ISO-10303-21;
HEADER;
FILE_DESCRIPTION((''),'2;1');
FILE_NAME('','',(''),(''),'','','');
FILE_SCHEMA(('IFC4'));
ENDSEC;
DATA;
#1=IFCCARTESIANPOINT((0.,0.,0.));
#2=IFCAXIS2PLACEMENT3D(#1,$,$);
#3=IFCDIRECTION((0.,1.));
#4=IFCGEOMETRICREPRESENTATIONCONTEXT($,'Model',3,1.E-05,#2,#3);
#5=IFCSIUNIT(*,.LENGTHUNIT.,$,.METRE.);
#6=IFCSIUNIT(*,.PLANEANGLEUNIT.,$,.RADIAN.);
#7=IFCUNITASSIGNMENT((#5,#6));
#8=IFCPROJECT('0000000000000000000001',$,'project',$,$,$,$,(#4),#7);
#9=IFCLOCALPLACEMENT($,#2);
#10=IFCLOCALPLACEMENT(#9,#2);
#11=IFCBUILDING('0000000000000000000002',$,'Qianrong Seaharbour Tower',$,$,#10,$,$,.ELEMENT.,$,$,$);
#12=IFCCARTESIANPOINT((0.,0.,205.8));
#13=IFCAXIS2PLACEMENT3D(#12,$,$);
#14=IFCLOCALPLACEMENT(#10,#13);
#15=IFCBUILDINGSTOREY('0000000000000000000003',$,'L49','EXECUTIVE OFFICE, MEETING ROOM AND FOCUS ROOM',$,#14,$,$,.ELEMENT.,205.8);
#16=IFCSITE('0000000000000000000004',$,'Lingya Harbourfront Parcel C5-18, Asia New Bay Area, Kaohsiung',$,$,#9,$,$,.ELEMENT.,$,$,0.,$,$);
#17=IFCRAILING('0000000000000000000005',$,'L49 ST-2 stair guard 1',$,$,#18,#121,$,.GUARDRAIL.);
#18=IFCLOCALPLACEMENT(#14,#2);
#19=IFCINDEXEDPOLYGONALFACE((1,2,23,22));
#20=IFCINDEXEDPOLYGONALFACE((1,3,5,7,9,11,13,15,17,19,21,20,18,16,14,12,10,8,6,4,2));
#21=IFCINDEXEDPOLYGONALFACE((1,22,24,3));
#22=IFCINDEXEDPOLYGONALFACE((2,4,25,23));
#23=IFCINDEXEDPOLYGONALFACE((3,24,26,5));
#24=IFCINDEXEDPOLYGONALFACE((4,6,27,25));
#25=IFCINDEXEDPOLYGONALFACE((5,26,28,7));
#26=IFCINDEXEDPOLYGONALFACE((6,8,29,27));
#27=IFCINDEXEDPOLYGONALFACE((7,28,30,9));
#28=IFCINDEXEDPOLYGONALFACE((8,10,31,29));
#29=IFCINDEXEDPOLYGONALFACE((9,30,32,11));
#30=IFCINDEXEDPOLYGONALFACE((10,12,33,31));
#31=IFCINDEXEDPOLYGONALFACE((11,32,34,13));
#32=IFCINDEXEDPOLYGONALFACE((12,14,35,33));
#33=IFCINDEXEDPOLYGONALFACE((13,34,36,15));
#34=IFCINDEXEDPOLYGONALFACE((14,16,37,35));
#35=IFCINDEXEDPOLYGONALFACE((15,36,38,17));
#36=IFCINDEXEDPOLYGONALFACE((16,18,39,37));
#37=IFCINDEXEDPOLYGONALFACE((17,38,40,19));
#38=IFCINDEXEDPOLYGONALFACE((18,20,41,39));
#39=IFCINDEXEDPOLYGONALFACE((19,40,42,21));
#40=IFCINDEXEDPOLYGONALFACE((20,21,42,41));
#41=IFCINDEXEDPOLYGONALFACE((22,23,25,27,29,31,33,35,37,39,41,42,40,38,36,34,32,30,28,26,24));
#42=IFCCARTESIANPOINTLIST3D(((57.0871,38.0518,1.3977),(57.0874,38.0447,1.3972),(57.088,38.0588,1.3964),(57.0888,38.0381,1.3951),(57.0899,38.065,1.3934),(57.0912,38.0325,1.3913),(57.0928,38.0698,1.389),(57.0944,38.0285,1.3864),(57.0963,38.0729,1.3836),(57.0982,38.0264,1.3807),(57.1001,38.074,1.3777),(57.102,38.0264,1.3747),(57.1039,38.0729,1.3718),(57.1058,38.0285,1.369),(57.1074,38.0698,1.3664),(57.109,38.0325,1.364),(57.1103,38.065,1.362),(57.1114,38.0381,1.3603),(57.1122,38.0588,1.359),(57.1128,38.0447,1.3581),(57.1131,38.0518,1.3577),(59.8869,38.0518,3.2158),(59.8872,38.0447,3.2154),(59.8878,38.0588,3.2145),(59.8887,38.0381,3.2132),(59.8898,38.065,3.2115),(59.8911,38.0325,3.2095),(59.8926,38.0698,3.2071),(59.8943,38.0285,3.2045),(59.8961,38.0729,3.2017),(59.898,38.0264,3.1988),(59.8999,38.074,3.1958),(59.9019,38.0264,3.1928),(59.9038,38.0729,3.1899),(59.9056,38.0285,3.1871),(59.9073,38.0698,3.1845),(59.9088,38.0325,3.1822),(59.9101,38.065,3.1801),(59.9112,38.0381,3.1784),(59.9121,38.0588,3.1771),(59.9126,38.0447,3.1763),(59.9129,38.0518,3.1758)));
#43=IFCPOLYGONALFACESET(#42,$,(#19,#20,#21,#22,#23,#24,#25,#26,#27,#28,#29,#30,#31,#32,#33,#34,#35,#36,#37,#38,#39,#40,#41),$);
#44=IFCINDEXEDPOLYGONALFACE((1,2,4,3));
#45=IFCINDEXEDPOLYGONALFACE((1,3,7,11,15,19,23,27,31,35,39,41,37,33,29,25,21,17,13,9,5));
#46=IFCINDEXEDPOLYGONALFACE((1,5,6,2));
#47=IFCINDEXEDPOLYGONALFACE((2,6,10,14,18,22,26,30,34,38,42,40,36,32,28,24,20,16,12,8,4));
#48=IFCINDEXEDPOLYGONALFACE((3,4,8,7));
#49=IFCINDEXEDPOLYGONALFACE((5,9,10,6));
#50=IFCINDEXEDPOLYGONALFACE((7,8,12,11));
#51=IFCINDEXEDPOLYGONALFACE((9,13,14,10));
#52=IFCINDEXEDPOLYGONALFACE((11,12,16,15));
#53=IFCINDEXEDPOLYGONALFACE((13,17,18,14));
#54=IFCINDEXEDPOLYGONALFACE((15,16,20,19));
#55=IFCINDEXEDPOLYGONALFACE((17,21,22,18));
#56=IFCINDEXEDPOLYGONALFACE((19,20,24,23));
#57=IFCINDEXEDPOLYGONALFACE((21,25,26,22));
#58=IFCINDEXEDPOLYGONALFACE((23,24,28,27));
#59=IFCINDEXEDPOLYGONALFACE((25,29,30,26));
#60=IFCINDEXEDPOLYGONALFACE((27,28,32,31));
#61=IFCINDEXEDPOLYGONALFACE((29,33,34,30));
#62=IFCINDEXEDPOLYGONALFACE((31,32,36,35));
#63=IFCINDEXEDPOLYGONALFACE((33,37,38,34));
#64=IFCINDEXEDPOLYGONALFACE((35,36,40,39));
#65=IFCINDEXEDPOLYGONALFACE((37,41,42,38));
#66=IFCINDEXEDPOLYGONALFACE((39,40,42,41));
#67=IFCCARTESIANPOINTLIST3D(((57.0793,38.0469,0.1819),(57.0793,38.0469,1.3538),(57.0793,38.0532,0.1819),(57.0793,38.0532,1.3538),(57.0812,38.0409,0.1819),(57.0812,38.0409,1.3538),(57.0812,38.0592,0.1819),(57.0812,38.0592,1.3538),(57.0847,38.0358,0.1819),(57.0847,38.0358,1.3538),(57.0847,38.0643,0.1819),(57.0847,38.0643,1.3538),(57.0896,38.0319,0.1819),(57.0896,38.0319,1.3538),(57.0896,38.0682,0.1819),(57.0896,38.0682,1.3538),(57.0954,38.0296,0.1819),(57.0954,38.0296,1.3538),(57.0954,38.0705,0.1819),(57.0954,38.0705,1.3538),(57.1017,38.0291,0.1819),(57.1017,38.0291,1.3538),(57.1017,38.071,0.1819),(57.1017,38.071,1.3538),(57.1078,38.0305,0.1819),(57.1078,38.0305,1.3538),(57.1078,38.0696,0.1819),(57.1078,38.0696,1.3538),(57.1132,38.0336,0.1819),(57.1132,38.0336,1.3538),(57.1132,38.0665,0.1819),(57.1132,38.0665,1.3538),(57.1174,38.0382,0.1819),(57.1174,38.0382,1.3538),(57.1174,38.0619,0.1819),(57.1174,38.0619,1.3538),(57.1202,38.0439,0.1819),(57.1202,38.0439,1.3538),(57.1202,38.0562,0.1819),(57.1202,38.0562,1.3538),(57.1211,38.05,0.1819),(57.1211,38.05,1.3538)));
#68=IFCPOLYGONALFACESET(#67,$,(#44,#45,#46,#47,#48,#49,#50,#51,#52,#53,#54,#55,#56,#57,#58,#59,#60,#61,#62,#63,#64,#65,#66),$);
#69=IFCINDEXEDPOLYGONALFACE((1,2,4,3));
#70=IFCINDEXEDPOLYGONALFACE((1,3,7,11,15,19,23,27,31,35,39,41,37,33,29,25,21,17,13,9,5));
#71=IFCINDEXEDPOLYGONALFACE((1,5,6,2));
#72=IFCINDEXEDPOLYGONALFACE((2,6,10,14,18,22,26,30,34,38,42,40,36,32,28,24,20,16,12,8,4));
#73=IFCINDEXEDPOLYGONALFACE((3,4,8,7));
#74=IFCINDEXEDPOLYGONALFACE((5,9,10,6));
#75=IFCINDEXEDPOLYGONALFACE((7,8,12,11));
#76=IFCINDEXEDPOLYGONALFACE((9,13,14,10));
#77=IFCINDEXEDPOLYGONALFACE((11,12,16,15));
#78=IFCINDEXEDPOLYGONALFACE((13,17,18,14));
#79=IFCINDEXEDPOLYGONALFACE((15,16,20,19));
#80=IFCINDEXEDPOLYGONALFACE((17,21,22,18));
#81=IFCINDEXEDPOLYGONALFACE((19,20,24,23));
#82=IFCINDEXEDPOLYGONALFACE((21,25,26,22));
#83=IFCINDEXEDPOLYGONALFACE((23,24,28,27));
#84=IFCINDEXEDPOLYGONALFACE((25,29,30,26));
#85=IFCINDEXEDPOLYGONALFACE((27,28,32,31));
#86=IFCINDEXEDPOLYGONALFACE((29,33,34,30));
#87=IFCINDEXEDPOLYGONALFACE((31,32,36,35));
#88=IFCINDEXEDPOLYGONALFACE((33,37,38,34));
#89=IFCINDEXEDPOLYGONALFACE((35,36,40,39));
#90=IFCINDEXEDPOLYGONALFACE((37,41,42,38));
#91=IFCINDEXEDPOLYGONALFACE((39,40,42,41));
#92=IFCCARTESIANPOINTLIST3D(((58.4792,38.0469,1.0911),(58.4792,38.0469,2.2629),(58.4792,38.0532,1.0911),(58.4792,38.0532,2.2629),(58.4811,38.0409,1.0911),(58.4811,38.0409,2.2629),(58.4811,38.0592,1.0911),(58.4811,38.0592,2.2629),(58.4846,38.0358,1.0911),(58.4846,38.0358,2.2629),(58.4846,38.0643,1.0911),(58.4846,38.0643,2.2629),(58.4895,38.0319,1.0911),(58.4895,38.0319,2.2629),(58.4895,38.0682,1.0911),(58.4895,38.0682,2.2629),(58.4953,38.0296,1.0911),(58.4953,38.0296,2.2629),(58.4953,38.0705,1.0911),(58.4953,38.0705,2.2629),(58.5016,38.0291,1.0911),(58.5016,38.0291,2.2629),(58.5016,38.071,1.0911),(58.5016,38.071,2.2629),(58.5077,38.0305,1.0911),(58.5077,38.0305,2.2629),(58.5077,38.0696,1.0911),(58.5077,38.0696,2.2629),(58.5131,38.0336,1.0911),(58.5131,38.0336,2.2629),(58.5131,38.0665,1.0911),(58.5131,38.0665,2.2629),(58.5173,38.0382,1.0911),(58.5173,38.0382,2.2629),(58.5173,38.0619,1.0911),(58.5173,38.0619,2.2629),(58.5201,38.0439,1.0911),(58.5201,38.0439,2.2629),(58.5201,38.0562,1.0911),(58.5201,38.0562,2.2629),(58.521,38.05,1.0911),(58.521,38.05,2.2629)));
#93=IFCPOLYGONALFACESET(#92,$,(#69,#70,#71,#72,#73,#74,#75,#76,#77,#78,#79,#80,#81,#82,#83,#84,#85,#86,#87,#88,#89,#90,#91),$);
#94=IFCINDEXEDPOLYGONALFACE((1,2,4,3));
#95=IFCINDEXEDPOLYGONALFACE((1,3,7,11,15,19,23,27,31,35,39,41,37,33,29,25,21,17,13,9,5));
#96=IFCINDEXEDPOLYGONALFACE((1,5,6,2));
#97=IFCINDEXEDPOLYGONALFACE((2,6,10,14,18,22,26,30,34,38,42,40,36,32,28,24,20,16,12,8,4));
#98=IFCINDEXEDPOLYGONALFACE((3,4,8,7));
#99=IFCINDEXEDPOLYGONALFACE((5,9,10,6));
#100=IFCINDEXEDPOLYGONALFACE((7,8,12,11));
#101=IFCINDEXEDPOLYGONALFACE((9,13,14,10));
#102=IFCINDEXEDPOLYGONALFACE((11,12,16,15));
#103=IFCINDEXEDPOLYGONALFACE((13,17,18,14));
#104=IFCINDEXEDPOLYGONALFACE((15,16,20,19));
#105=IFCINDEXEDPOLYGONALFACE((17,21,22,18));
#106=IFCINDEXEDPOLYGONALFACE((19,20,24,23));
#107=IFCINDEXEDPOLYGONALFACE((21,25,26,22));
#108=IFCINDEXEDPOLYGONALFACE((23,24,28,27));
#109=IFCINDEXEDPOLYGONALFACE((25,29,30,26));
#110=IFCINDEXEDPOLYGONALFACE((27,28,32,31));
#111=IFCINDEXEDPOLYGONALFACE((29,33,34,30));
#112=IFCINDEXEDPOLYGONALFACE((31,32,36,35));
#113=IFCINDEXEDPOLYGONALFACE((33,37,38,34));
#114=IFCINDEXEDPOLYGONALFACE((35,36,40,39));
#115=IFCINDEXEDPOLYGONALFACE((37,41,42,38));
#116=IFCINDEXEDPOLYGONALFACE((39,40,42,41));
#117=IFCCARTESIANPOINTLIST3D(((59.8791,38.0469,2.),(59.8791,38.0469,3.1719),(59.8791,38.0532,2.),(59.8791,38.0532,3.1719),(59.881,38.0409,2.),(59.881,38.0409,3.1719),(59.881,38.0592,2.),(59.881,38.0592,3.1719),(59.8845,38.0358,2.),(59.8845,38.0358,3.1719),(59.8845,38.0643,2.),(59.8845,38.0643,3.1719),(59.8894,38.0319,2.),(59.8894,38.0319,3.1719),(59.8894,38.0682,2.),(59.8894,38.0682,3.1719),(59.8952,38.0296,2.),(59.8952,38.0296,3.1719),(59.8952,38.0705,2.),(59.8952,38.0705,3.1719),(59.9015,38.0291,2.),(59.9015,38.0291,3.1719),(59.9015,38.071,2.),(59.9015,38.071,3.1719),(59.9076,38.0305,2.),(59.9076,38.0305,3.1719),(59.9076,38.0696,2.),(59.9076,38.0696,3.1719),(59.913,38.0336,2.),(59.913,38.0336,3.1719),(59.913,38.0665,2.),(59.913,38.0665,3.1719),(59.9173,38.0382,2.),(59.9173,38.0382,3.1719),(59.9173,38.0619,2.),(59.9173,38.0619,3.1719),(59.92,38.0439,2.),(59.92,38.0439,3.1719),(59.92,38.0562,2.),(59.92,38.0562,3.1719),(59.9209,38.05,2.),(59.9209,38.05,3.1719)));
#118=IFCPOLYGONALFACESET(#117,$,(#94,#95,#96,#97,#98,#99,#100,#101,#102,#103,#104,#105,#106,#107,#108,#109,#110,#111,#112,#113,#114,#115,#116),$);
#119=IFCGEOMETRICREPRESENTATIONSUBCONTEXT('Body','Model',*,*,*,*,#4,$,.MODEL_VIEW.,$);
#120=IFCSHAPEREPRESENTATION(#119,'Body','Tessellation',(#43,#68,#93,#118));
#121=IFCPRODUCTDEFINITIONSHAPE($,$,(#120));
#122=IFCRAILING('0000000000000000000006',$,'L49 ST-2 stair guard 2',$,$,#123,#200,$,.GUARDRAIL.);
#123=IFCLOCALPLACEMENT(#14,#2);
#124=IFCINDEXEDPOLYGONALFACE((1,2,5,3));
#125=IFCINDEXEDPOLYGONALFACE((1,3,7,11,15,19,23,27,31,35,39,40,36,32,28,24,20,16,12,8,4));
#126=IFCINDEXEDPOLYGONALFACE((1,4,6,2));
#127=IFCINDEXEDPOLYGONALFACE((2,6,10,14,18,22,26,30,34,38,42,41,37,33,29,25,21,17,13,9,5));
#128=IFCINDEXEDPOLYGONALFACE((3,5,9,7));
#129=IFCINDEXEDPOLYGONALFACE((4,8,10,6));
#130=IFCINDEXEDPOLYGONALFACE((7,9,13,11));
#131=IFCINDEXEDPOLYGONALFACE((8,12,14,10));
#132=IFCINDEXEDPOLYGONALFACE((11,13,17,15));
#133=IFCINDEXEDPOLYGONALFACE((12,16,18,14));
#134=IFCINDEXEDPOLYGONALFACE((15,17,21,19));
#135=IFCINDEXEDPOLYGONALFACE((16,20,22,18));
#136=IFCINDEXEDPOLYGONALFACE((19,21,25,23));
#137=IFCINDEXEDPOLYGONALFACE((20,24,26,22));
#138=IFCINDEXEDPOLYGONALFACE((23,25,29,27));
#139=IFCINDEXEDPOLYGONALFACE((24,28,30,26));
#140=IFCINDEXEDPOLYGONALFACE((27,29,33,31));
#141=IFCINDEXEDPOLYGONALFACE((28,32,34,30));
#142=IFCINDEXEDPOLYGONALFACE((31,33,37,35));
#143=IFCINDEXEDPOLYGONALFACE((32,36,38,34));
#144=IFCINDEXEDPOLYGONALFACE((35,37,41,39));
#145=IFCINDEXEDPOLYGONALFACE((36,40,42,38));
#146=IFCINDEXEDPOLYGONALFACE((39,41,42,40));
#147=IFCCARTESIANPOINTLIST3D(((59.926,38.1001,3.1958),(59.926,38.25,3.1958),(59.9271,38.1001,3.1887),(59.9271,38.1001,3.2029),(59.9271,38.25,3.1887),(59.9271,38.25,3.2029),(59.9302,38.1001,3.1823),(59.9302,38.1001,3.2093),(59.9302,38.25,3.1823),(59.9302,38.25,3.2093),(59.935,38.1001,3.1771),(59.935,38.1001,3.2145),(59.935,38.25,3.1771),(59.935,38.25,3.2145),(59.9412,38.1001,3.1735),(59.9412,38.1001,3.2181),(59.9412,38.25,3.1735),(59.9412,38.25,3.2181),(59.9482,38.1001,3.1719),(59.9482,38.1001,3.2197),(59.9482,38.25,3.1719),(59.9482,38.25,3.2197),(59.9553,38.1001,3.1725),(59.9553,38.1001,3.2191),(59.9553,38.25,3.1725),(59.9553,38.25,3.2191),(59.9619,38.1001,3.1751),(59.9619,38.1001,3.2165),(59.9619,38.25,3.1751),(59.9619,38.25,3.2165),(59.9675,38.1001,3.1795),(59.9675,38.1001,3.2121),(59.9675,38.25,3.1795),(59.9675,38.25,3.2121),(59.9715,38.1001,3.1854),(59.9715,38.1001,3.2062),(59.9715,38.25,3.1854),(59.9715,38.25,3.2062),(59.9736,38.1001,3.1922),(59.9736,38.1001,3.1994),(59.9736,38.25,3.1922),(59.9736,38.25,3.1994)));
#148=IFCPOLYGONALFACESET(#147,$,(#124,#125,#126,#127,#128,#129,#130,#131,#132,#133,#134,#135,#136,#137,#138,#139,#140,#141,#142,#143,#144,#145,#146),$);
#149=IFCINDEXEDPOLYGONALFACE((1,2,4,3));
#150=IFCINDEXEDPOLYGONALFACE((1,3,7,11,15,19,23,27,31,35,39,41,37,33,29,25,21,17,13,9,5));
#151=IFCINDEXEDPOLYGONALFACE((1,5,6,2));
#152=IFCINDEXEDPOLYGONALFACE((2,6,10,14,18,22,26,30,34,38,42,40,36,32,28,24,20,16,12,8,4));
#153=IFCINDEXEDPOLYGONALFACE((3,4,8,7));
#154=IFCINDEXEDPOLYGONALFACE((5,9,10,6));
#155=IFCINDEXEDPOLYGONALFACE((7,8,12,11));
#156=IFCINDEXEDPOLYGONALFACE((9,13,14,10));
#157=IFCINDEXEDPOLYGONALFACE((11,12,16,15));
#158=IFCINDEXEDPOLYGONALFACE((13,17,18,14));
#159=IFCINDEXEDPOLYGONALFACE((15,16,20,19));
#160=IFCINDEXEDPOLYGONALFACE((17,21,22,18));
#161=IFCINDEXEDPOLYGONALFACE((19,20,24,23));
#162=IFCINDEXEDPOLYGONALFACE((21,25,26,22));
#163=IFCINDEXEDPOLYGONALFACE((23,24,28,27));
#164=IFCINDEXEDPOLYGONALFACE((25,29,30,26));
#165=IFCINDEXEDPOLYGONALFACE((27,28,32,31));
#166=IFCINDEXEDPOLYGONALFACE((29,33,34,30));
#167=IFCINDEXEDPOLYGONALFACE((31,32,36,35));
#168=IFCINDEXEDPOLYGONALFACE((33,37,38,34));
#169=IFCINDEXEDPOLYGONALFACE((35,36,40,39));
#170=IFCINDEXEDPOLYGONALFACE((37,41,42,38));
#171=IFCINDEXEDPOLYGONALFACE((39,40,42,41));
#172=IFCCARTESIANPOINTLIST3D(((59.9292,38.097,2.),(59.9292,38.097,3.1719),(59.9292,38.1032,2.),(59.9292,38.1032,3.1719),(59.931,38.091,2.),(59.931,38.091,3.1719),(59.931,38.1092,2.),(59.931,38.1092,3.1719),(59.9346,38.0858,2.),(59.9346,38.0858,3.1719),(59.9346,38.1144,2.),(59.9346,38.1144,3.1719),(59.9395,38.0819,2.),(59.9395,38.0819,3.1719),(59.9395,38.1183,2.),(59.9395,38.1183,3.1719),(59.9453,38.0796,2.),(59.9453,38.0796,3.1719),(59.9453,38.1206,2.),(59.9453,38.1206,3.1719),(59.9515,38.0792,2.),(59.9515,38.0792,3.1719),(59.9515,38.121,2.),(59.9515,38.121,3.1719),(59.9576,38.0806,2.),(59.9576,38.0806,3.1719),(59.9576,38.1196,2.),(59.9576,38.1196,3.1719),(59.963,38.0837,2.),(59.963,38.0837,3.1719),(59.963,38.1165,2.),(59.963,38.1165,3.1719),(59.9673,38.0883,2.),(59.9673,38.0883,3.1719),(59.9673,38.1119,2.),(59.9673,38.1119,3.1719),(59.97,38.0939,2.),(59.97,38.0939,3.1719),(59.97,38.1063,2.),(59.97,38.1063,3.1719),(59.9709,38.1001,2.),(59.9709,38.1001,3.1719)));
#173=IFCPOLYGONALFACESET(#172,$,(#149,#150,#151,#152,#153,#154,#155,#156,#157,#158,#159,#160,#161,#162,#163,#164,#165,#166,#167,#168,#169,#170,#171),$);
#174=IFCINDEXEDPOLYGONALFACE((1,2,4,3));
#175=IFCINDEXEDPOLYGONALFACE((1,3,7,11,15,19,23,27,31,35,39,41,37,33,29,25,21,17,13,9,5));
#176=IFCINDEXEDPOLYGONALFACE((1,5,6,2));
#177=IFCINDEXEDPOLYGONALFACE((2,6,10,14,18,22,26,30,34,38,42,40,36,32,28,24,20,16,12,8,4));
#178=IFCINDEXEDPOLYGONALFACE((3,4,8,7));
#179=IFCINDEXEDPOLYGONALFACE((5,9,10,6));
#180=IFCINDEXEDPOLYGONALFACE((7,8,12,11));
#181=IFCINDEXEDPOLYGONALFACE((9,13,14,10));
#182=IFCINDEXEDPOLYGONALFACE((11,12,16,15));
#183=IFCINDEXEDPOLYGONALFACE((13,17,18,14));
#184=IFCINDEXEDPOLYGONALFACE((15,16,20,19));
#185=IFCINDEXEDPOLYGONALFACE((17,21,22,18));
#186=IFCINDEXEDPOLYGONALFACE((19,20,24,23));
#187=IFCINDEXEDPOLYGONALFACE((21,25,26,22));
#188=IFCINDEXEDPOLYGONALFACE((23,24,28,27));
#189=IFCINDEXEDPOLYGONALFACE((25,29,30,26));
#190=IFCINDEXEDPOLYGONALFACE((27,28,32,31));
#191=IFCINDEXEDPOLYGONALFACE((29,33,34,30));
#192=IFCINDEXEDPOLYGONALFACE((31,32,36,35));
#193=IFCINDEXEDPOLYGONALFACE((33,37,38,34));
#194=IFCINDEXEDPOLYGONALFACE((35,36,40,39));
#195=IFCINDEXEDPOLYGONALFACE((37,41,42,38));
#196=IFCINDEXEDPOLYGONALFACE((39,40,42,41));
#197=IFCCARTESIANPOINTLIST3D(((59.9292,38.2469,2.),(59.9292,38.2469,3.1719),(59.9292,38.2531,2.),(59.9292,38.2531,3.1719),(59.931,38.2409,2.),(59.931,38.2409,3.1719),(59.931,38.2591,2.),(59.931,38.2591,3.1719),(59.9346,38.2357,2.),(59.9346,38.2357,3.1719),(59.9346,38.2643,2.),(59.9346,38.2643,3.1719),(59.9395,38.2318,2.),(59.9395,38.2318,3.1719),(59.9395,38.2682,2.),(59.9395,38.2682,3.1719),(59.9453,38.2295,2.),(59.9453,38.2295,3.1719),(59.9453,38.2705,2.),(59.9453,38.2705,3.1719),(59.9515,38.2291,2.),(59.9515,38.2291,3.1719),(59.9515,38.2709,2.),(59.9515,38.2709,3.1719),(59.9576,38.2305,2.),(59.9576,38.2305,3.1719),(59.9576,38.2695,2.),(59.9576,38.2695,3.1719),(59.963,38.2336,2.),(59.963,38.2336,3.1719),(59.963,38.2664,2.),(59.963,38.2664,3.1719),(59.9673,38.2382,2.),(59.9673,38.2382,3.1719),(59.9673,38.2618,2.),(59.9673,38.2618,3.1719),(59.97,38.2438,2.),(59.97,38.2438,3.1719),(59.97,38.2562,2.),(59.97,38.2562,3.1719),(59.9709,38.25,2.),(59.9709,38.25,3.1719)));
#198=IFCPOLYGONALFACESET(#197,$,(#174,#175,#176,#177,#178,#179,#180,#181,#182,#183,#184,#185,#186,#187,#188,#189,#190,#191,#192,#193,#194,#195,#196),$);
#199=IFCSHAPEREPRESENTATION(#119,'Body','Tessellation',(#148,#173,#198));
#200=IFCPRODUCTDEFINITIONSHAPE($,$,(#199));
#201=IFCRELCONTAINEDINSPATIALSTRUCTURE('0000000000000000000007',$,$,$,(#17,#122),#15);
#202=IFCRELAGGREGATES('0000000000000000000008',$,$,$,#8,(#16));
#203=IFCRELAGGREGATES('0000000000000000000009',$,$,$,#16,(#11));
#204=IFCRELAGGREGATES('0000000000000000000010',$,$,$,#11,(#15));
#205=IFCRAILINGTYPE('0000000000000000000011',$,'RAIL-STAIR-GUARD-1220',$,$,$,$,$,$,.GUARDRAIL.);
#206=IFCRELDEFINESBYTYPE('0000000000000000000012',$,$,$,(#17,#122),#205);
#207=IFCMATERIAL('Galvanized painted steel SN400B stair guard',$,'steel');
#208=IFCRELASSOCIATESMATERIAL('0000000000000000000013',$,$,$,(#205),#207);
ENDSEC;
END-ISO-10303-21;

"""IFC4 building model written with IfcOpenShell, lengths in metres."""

from ifc_helpers import new_model, si_unit, direction, frame, origin, origin_2d, place, context, subcontext, project, spatial, circle, extrude, material, type_object, element, save


model = new_model("IFC4")

# Units and contexts
model_context = context("Model", 3, precision=1e-05, world=origin(), true_north=direction((0.0, 1.0)))
body_context = subcontext(model_context, "Body", "Model", "MODEL_VIEW")
ifc_project = project(units=[si_unit("LENGTHUNIT", "METRE"), si_unit("PLANEANGLEUNIT", "RADIAN")], contexts=[model_context])

# Site, building, storey
site_placement = place(None, origin())
site = spatial("IfcSite", under=ifc_project, at=site_placement, Name="Lingya Harbourfront Parcel C5-18, Asia New Bay Area, Kaohsiung", CompositionType="ELEMENT", RefElevation=0.0)
building_placement = place(site_placement, origin())
building = spatial("IfcBuilding", under=site, at=building_placement, Name="Qianrong Seaharbour Tower", CompositionType="ELEMENT")
storey_placement = place(building_placement, frame((0.0, 0.0, 205.8)))
storey = spatial("IfcBuildingStorey", under=building, at=storey_placement, Name="L49", Description="EXECUTIVE OFFICE, MEETING ROOM AND FOCUS ROOM", CompositionType="ELEMENT", Elevation=205.8)

# Railings
ifc_material_1 = material(Name="Galvanized painted steel SN400B stair guard", Category="steel")
railing_type_1 = type_object("IfcRailingType", Name="RAIL-STAIR-GUARD-1220", PredefinedType="GUARDRAIL", material=ifc_material_1)
railing_1_placement = place(storey_placement, frame((57.1001, 38.05, 0.1819)))
element("IfcRailing", 1, at=railing_1_placement, inside=storey, type_object=railing_type_1, Name="L49 ST-2 stair guard 1", PredefinedType="GUARDRAIL", context=body_context, shape_type="SweptSolid", body=[
    extrude(circle(Radius=0.0239, at=origin_2d()), frame((0.0, 0.0, 1.1958), z_axis=(0.838684, 0.0, 0.544618), x_axis=(0.0, 1.0, 0.0)), (0.0, 0.0, 1.0), 3.3384),
    extrude(circle(Radius=0.021, at=origin_2d()), origin(), (0.0, 0.0, 1.0), 1.1719),
    extrude(circle(Radius=0.021, at=origin_2d()), frame((1.3999, 0.0, 0.9092)), (0.0, 0.0, 1.0), 1.1719),
    extrude(circle(Radius=0.021, at=origin_2d()), frame((2.7998, 0.0, 1.8181)), (0.0, 0.0, 1.0), 1.1719),
])
railing_2_placement = place(storey_placement, frame((59.95, 38.1001, 2.0)))
element("IfcRailing", 2, at=railing_2_placement, inside=storey, type_object=railing_type_1, Name="L49 ST-2 stair guard 2", PredefinedType="GUARDRAIL", context=body_context, shape_type="SweptSolid", body=[
    extrude(circle(Radius=0.0239, at=origin_2d()), frame((0.0, 0.0, 1.1958), z_axis=(0.0, 1.0, 0.0), x_axis=(-1.0, 0.0, 0.0)), (0.0, 0.0, 1.0), 0.1499),
    extrude(circle(Radius=0.021, at=origin_2d()), origin(), (0.0, 0.0, 1.0), 1.1719),
    extrude(circle(Radius=0.021, at=origin_2d()), frame((0.0, 0.1499, 0.0)), (0.0, 0.0, 1.0), 1.1719),
])

save(model, "model.ifc")
